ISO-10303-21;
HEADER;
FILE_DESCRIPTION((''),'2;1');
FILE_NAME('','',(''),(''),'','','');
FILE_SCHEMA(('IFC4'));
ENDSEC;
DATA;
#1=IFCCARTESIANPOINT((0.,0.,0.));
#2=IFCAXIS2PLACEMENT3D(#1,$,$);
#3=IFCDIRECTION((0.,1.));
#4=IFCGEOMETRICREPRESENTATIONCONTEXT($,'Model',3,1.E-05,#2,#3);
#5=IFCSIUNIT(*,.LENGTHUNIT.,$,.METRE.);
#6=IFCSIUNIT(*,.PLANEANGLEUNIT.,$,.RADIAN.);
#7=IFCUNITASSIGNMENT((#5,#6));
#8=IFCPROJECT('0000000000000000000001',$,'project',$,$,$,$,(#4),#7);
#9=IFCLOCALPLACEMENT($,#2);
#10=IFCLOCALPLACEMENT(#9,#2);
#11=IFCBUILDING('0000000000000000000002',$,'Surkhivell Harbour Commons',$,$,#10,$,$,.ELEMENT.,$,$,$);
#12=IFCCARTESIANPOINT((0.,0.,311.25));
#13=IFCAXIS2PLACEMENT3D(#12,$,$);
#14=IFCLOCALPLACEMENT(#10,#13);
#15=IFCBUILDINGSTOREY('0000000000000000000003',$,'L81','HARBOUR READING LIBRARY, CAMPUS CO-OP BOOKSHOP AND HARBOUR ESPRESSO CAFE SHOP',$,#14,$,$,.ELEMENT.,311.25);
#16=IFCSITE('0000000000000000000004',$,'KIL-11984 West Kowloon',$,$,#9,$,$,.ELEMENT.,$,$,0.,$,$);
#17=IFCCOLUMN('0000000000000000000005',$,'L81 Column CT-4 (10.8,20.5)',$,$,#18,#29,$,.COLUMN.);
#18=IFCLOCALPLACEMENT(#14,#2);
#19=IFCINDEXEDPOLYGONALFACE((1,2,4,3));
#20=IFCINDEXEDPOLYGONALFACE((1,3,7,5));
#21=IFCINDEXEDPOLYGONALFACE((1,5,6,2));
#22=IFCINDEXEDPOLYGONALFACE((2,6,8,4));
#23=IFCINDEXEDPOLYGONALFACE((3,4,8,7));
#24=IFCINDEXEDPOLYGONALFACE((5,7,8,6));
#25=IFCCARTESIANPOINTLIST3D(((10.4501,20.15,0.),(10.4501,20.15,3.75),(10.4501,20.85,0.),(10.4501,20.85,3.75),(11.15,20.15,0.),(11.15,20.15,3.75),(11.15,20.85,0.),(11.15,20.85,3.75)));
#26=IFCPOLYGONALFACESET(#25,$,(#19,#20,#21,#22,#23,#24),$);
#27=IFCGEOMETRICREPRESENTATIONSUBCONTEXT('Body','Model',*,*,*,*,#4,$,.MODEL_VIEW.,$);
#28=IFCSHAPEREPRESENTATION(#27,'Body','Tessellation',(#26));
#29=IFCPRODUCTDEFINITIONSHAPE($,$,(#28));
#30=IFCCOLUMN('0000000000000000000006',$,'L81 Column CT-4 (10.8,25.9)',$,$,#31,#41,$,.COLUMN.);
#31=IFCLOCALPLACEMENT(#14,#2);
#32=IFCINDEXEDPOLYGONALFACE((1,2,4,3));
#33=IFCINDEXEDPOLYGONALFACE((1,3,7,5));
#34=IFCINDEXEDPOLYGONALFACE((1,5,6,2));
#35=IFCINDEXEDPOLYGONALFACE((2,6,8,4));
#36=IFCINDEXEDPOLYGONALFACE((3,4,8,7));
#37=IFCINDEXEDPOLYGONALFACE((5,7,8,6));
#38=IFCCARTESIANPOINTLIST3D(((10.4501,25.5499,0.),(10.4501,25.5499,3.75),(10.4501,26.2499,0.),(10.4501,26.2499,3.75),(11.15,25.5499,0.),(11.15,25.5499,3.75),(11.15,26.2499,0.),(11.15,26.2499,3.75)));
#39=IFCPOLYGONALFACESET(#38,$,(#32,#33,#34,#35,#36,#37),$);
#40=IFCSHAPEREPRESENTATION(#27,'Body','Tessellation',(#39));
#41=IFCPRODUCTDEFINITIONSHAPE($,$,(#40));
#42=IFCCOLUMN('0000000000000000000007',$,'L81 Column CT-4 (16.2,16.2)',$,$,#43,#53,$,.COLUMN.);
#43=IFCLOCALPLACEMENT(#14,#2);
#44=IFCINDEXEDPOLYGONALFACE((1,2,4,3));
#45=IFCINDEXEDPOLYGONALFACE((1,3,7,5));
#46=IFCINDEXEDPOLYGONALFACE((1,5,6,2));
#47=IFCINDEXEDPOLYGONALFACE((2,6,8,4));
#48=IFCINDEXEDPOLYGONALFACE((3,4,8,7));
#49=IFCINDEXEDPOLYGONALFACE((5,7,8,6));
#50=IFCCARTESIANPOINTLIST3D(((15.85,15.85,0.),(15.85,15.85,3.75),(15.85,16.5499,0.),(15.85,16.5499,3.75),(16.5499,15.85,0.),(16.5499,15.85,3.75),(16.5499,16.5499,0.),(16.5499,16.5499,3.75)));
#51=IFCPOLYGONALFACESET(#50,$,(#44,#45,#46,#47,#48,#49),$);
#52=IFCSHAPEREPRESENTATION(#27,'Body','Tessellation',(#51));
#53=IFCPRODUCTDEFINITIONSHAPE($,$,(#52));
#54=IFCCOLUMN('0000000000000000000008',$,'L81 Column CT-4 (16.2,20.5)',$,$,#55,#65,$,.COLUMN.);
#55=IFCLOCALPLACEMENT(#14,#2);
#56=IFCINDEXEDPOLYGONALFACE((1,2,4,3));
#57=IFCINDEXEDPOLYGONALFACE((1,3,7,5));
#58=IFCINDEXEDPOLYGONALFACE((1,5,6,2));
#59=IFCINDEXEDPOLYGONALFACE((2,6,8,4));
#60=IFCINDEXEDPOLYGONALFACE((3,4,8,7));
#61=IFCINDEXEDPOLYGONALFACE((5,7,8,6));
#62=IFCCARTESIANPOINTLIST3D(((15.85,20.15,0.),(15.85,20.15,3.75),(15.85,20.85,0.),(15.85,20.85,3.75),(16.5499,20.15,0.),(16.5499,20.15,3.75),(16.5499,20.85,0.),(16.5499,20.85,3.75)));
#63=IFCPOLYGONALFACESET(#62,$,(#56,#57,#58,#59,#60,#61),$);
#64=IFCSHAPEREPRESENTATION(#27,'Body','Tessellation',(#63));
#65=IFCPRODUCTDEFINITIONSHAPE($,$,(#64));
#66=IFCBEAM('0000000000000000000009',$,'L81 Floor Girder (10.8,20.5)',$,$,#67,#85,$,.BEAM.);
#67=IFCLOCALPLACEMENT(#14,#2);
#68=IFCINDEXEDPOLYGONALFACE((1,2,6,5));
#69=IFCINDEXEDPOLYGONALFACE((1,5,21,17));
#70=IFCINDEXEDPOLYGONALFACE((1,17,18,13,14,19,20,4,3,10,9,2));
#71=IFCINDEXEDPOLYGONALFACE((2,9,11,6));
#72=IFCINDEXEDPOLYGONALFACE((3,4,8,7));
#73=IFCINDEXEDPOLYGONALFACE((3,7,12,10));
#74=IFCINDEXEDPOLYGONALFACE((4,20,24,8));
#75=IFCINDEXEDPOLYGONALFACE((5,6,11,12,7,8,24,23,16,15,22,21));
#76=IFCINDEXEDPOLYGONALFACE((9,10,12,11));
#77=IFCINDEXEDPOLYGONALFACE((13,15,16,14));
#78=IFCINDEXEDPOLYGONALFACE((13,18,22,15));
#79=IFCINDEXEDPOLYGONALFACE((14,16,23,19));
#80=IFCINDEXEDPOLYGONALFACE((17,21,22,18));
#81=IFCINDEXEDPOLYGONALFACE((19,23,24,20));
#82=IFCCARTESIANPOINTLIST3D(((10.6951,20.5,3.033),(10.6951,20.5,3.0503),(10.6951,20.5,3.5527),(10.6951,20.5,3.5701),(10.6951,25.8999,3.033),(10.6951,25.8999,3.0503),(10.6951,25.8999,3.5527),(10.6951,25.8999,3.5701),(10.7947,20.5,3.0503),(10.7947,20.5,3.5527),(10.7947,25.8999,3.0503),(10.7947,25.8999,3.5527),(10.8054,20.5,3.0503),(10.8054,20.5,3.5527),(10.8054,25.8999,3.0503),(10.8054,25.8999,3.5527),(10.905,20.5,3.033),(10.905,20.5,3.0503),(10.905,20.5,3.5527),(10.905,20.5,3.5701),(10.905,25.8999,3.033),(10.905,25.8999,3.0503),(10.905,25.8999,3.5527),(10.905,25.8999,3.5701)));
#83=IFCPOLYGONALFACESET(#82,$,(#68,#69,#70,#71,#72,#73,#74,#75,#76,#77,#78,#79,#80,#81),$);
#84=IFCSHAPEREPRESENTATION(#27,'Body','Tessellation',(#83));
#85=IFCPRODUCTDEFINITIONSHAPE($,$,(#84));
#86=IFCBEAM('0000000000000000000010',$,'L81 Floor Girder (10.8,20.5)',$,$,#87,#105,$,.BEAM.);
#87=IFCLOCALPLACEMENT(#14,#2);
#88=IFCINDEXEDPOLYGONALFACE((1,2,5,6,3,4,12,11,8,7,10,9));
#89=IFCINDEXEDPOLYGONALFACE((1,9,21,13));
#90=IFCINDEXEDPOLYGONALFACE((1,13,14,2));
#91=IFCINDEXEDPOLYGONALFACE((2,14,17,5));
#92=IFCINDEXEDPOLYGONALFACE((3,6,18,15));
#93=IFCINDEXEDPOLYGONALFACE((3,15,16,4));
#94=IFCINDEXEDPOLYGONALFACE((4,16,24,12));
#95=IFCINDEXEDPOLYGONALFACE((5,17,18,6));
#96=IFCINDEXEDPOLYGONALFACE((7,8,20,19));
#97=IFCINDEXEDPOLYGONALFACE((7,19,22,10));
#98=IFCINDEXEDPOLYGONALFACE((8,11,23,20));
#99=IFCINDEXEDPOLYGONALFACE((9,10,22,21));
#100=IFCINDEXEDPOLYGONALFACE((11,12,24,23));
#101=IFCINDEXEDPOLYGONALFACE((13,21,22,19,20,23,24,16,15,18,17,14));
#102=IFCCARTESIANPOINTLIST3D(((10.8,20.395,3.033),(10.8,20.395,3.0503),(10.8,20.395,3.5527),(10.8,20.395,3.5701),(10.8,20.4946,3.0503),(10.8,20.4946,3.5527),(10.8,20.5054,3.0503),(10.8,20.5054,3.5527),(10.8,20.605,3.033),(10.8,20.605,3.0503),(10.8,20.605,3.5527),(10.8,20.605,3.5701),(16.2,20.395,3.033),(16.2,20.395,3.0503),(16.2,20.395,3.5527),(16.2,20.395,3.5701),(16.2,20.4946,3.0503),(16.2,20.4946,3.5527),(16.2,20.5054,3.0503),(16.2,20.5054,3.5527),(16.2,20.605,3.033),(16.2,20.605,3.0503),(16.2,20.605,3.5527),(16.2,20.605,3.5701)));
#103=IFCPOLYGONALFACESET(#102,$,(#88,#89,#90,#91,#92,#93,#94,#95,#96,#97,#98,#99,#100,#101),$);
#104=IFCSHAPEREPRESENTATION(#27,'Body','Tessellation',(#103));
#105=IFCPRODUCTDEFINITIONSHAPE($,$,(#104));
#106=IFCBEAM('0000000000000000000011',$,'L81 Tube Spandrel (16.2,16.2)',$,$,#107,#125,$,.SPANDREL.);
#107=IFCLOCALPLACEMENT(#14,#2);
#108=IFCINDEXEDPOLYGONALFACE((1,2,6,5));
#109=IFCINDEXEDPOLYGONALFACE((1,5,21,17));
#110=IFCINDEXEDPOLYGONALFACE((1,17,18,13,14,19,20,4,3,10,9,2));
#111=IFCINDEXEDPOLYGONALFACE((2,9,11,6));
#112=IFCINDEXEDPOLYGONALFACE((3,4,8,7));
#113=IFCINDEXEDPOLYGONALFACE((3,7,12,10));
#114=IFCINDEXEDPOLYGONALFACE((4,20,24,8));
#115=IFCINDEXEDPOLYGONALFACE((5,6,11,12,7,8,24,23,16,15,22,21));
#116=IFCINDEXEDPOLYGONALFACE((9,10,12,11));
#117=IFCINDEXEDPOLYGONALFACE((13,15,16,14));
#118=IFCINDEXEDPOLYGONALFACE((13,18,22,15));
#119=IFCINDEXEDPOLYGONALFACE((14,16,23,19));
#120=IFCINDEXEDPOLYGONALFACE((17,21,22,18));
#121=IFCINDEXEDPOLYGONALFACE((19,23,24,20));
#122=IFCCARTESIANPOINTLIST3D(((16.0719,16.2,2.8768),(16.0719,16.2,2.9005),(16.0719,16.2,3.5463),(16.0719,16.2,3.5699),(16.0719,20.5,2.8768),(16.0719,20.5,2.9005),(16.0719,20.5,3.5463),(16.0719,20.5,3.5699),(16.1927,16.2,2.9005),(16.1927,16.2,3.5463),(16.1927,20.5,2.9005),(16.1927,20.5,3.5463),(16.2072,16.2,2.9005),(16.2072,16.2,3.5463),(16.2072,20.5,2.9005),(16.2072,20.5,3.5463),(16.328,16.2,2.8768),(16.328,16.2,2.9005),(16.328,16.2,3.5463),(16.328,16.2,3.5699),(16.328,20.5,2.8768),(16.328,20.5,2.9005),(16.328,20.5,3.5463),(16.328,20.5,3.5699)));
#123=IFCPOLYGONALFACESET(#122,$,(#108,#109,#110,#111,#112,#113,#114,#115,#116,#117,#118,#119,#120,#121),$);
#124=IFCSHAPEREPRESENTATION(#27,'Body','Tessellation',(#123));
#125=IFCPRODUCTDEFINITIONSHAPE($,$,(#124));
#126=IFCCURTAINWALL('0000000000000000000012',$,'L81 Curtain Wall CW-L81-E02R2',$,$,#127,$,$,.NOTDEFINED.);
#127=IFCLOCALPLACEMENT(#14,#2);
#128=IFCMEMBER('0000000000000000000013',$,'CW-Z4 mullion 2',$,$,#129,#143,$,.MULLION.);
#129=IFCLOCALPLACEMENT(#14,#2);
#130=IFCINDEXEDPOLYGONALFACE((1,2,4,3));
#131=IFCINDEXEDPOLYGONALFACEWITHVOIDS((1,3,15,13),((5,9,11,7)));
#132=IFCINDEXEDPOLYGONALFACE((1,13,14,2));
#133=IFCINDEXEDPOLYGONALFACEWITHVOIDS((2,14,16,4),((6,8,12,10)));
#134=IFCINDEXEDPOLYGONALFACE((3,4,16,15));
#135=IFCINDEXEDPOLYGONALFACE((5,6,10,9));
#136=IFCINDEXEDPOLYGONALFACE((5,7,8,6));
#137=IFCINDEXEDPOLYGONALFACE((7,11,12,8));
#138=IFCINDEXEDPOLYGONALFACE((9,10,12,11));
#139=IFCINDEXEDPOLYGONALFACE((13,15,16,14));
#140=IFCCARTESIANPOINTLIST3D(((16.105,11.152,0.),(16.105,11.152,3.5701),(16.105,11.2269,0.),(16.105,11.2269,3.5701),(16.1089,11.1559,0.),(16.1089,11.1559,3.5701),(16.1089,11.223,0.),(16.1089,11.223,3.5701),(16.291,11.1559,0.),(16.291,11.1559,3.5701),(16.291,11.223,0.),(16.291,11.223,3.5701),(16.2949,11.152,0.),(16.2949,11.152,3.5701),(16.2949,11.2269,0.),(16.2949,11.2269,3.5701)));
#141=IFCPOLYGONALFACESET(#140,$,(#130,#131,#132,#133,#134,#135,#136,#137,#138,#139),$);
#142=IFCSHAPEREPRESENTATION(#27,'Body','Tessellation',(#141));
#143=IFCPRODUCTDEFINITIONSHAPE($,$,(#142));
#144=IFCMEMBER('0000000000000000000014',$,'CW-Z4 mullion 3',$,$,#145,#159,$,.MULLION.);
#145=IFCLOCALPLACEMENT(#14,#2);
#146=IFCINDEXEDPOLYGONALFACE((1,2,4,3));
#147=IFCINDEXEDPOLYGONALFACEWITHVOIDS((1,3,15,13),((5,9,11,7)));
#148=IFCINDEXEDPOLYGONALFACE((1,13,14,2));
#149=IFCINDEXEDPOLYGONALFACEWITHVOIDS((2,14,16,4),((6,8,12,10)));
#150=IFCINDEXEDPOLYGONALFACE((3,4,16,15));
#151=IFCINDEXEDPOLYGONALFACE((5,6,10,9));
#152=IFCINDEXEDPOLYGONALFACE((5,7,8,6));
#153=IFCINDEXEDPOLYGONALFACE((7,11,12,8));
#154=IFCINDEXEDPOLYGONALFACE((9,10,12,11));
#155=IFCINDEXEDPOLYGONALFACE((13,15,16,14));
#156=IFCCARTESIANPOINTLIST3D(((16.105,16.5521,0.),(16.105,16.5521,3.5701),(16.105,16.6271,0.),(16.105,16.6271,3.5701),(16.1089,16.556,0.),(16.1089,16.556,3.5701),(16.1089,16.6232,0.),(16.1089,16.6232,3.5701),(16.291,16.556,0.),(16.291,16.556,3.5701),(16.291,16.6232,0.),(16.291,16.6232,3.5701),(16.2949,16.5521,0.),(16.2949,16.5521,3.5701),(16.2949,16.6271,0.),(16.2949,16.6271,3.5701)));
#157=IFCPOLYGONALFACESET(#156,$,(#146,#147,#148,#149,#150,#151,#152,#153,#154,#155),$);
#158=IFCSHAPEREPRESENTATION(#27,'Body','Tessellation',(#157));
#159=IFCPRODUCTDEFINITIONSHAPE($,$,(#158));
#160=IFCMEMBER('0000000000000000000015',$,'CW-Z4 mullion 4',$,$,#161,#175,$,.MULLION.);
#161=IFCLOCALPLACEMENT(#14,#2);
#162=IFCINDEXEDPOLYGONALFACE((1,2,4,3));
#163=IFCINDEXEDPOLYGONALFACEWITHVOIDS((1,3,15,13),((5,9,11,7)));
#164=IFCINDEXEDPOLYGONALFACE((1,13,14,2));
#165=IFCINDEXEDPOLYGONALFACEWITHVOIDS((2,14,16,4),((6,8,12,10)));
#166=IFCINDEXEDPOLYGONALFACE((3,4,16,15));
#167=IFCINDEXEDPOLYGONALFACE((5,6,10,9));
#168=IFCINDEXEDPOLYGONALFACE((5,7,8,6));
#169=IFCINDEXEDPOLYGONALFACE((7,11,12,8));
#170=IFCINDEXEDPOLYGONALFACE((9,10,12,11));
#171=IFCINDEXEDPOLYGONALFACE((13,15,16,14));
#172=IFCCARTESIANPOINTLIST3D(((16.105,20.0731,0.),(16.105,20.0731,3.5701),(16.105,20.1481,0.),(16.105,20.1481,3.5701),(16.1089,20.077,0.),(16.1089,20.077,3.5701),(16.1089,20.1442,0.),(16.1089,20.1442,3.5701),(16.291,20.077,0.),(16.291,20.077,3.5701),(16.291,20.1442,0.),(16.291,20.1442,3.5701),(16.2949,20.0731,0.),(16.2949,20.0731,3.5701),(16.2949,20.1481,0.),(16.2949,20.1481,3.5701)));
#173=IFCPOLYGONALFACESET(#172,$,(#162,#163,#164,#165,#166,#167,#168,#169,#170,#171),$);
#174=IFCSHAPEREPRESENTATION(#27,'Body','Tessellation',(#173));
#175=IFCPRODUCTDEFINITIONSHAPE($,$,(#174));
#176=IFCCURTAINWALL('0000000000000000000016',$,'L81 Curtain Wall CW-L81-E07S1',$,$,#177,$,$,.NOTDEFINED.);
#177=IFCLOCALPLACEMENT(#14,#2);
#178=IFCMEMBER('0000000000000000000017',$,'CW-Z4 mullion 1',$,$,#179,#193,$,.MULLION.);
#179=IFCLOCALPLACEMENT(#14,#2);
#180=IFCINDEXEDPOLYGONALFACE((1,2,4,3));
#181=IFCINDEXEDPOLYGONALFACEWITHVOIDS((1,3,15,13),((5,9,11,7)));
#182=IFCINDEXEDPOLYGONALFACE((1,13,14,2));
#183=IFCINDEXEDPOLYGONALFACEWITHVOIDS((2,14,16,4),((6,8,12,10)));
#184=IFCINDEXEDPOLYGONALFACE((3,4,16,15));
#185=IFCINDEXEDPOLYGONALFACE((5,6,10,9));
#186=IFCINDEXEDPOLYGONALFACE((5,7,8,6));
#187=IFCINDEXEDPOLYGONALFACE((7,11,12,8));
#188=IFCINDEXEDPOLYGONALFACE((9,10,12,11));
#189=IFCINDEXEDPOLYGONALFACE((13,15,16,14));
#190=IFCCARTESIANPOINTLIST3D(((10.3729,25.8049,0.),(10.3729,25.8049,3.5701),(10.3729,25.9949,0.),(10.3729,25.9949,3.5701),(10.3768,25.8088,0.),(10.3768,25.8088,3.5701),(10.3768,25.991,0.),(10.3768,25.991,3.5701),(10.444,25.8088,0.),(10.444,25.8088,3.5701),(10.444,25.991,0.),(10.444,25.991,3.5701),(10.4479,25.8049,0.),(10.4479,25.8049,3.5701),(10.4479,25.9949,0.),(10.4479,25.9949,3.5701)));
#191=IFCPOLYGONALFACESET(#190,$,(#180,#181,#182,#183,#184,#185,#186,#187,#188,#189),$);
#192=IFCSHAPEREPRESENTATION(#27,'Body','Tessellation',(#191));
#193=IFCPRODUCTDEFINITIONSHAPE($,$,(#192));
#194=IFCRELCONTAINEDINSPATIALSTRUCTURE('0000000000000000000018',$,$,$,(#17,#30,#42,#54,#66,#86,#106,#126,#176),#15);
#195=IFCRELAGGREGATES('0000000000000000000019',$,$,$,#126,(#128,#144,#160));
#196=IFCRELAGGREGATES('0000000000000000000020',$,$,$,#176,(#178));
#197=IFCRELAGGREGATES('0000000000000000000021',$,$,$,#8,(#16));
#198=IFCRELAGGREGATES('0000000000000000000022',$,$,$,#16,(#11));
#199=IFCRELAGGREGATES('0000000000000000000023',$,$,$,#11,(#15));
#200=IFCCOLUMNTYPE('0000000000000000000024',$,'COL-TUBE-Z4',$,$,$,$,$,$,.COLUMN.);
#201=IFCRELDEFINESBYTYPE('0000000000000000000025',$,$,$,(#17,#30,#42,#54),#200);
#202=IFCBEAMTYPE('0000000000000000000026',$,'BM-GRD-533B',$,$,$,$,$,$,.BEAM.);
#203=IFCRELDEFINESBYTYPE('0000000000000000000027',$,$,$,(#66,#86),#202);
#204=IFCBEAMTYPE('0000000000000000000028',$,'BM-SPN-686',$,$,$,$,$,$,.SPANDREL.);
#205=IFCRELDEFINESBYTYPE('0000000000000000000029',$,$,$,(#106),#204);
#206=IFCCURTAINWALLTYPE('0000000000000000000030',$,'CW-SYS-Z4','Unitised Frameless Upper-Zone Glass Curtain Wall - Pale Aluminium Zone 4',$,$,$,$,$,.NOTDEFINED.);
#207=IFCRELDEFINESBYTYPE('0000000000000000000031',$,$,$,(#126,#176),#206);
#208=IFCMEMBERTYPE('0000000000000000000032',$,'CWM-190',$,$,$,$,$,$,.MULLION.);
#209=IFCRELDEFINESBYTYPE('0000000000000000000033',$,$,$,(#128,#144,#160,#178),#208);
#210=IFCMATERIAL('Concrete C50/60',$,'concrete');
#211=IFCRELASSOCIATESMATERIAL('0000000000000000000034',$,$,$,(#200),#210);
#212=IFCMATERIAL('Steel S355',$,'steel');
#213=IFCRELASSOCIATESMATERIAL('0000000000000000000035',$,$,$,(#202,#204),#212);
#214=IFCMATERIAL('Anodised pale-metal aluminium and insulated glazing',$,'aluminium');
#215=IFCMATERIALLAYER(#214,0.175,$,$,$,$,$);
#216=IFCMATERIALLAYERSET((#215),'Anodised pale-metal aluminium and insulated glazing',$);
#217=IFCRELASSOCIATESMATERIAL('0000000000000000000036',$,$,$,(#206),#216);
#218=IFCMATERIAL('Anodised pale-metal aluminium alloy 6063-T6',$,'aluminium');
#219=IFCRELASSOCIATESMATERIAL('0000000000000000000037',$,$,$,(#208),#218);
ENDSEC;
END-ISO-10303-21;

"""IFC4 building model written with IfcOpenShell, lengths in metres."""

from ifc_helpers import new_model, si_unit, direction, frame, origin, origin_2d, place, context, subcontext, project, spatial, rectangle, hollow_rectangle, i_section, extrude, material, layer, layer_set, material_profile, profile_set, type_object, element, aggregate, save


model = new_model("IFC4")

# Units and contexts
model_context = context("Model", 3, precision=1e-05, world=origin(), true_north=direction((0.0, 1.0)))
body_context = subcontext(model_context, "Body", "Model", "MODEL_VIEW")
ifc_project = project(units=[si_unit("LENGTHUNIT", "METRE"), si_unit("PLANEANGLEUNIT", "RADIAN")], contexts=[model_context])

# Site, building, storey
site_placement = place(None, origin())
site = spatial("IfcSite", under=ifc_project, at=site_placement, Name="KIL-11984 West Kowloon", CompositionType="ELEMENT", RefElevation=0.0)
building_placement = place(site_placement, origin())
building = spatial("IfcBuilding", under=site, at=building_placement, Name="Surkhivell Harbour Commons", CompositionType="ELEMENT")
storey_placement = place(building_placement, frame((0.0, 0.0, 311.25)))
storey = spatial("IfcBuildingStorey", under=building, at=storey_placement, Name="L81", Description="HARBOUR READING LIBRARY, CAMPUS CO-OP BOOKSHOP AND HARBOUR ESPRESSO CAFE SHOP", CompositionType="ELEMENT", Elevation=311.25)

# Columns
ifc_material_1 = material(Name="Concrete C50/60", Category="concrete")
ifc_material_profile_1 = material_profile(ifc_material_1, rectangle(XDim=0.7, YDim=0.7, at=origin_2d()), Name="RC-COL-700x700")
ifc_profile_set_1 = profile_set([ifc_material_profile_1], Name="Concrete C50/60")
column_type = type_object("IfcColumnType", Name="COL-TUBE-Z4", PredefinedType="COLUMN", material=ifc_profile_set_1)
for number, where, z_axis, x_axis, name in (
    (1, (10.8, 20.5, 0.0), (0.0, 0.0, 1.0), (1.0, 0.0, 0.0), "L81 Column CT-4 (10.8,20.5)"),
    (2, (10.8, 25.8999, 0.0), (0.0, 0.0, 1.0), (1.0, 0.0, 0.0), "L81 Column CT-4 (10.8,25.9)"),
    (3, (16.2, 16.2, 0.0), (0.0, 0.0, 1.0), (1.0, 0.0, 0.0), "L81 Column CT-4 (16.2,16.2)"),
    (4, (16.2, 20.5, 0.0), (0.0, 0.0, 1.0), (1.0, 0.0, 0.0), "L81 Column CT-4 (16.2,20.5)"),
):
    element("IfcColumn", number, at=place(storey_placement, frame(where, z_axis=z_axis, x_axis=x_axis)), inside=storey, type_object=column_type, Name=name, PredefinedType="COLUMN", context=body_context, shape_type="SweptSolid", body=[
        extrude(rectangle(XDim=0.7, YDim=0.7, at=origin_2d()), origin(), (0.0, 0.0, 1.0), 3.75),
    ])

# Beams
ifc_material_2 = material(Name="Steel S355", Category="steel")
ifc_material_profile_2 = material_profile(ifc_material_2, i_section(OverallWidth=0.21, OverallDepth=0.5371, WebThickness=0.0107, FlangeThickness=0.0173, at=origin_2d()), Name="UB533x210x101")
ifc_profile_set_2 = profile_set([ifc_material_profile_2], Name="Steel S355")
beam_type_1 = type_object("IfcBeamType", Name="BM-GRD-533B", PredefinedType="BEAM", material=ifc_profile_set_2)
for number, where, z_axis, x_axis, name in (
    (5, (10.8, 20.5, 3.3015), (0.0, 1.0, 0.0), (-1.0, 0.0, 0.0), "L81 Floor Girder (10.8,20.5)"),
    (6, (10.8, 20.5, 3.3015), (1.0, 0.0, 0.0), (0.0, 1.0, 0.0), "L81 Floor Girder (10.8,20.5)"),
):
    element("IfcBeam", number, at=place(storey_placement, frame(where, z_axis=z_axis, x_axis=x_axis)), inside=storey, type_object=beam_type_1, Name=name, PredefinedType="BEAM", context=body_context, shape_type="SweptSolid", body=[
        extrude(i_section(OverallWidth=0.21, OverallDepth=0.5371, WebThickness=0.0107, FlangeThickness=0.0173, at=origin_2d()), origin(), (0.0, 0.0, 1.0), 5.3999),
    ])
ifc_material_profile_3 = material_profile(ifc_material_2, i_section(OverallWidth=0.2561, OverallDepth=0.6931, WebThickness=0.0144, FlangeThickness=0.0237, at=origin_2d()), Name="UB686x254x170")
ifc_profile_set_3 = profile_set([ifc_material_profile_3], Name="Steel S355")
beam_type_2 = type_object("IfcBeamType", Name="BM-SPN-686", PredefinedType="SPANDREL", material=ifc_profile_set_3)
beam_placement = place(storey_placement, frame((16.2, 16.2, 3.2234), z_axis=(0.0, 1.0, 0.0), x_axis=(-1.0, 0.0, 0.0)))
element("IfcBeam", 7, at=beam_placement, inside=storey, type_object=beam_type_2, Name="L81 Tube Spandrel (16.2,16.2)", PredefinedType="SPANDREL", context=body_context, shape_type="SweptSolid", body=[
    extrude(i_section(OverallWidth=0.2561, OverallDepth=0.6931, WebThickness=0.0144, FlangeThickness=0.0237, at=origin_2d()), origin(), (0.0, 0.0, 1.0), 4.3),
])

# Curtain wall, members
ifc_material_3 = material(Name="Anodised pale-metal aluminium and insulated glazing", Category="aluminium")
ifc_layer_1 = layer(ifc_material_3, 0.175)
ifc_layer_set_1 = layer_set([ifc_layer_1], Name="Anodised pale-metal aluminium and insulated glazing")
curtain_wall_type = type_object("IfcCurtainWallType", Name="CW-SYS-Z4", Description="Unitised Frameless Upper-Zone Glass Curtain Wall - Pale Aluminium Zone 4", PredefinedType="NOTDEFINED", material=ifc_layer_set_1)
curtain_wall_1_placement = place(storey_placement, origin())
curtain_wall_1 = element("IfcCurtainWall", 8, at=curtain_wall_1_placement, inside=storey, type_object=curtain_wall_type, Name="L81 Curtain Wall CW-L81-E02R2", PredefinedType="NOTDEFINED")
ifc_material_4 = material(Name="Anodised pale-metal aluminium alloy 6063-T6", Category="aluminium")
ifc_material_profile_4 = material_profile(ifc_material_4, hollow_rectangle(XDim=0.075, YDim=0.1899, WallThickness=0.0039, at=origin_2d()), Name="ALU-MULL-75x190")
ifc_profile_set_4 = profile_set([ifc_material_profile_4], Name="Anodised pale-metal aluminium alloy 6063-T6")
member_type_1 = type_object("IfcMemberType", Name="CWM-190", PredefinedType="MULLION", material=ifc_profile_set_4)
member_1_placement = place(storey_placement, frame((16.2, 11.1895, 0.0), z_axis=(0.0, 0.0, 1.0), x_axis=(0.0, 1.0, 0.0)))
member_1 = element("IfcMember", 9, at=member_1_placement, type_object=member_type_1, Name="CW-Z4 mullion 2", PredefinedType="MULLION", context=body_context, shape_type="SweptSolid", body=[
    extrude(hollow_rectangle(XDim=0.075, YDim=0.1899, WallThickness=0.0039, at=origin_2d()), origin(), (0.0, 0.0, 1.0), 3.5701),
])
member_2_placement = place(storey_placement, frame((16.2, 16.5896, 0.0), z_axis=(0.0, 0.0, 1.0), x_axis=(0.0, 1.0, 0.0)))
member_2 = element("IfcMember", 10, at=member_2_placement, type_object=member_type_1, Name="CW-Z4 mullion 3", PredefinedType="MULLION", context=body_context, shape_type="SweptSolid", body=[
    extrude(hollow_rectangle(XDim=0.075, YDim=0.1899, WallThickness=0.0039, at=origin_2d()), origin(), (0.0, 0.0, 1.0), 3.5701),
])
member_3_placement = place(storey_placement, frame((16.2, 20.1106, 0.0), z_axis=(0.0, 0.0, 1.0), x_axis=(0.0, 1.0, 0.0)))
member_3 = element("IfcMember", 11, at=member_3_placement, type_object=member_type_1, Name="CW-Z4 mullion 4", PredefinedType="MULLION", context=body_context, shape_type="SweptSolid", body=[
    extrude(hollow_rectangle(XDim=0.075, YDim=0.1899, WallThickness=0.0039, at=origin_2d()), origin(), (0.0, 0.0, 1.0), 3.5701),
])

# Curtain wall, member
curtain_wall_2_placement = place(storey_placement, origin())
curtain_wall_2 = element("IfcCurtainWall", 12, at=curtain_wall_2_placement, inside=storey, type_object=curtain_wall_type, Name="L81 Curtain Wall CW-L81-E07S1", PredefinedType="NOTDEFINED")
member_4_placement = place(storey_placement, frame((10.4104, 25.8999, 0.0), z_axis=(0.0, 0.0, 1.0), x_axis=(-1.0, 0.0, 0.0)))
member_4 = element("IfcMember", 13, at=member_4_placement, type_object=member_type_1, Name="CW-Z4 mullion 1", PredefinedType="MULLION", context=body_context, shape_type="SweptSolid", body=[
    extrude(hollow_rectangle(XDim=0.075, YDim=0.1899, WallThickness=0.0039, at=origin_2d()), origin(), (0.0, 0.0, 1.0), 3.5701),
])

aggregate(curtain_wall_1, [member_1, member_2, member_3])
aggregate(curtain_wall_2, [member_4])

save(model, "model.ifc")
